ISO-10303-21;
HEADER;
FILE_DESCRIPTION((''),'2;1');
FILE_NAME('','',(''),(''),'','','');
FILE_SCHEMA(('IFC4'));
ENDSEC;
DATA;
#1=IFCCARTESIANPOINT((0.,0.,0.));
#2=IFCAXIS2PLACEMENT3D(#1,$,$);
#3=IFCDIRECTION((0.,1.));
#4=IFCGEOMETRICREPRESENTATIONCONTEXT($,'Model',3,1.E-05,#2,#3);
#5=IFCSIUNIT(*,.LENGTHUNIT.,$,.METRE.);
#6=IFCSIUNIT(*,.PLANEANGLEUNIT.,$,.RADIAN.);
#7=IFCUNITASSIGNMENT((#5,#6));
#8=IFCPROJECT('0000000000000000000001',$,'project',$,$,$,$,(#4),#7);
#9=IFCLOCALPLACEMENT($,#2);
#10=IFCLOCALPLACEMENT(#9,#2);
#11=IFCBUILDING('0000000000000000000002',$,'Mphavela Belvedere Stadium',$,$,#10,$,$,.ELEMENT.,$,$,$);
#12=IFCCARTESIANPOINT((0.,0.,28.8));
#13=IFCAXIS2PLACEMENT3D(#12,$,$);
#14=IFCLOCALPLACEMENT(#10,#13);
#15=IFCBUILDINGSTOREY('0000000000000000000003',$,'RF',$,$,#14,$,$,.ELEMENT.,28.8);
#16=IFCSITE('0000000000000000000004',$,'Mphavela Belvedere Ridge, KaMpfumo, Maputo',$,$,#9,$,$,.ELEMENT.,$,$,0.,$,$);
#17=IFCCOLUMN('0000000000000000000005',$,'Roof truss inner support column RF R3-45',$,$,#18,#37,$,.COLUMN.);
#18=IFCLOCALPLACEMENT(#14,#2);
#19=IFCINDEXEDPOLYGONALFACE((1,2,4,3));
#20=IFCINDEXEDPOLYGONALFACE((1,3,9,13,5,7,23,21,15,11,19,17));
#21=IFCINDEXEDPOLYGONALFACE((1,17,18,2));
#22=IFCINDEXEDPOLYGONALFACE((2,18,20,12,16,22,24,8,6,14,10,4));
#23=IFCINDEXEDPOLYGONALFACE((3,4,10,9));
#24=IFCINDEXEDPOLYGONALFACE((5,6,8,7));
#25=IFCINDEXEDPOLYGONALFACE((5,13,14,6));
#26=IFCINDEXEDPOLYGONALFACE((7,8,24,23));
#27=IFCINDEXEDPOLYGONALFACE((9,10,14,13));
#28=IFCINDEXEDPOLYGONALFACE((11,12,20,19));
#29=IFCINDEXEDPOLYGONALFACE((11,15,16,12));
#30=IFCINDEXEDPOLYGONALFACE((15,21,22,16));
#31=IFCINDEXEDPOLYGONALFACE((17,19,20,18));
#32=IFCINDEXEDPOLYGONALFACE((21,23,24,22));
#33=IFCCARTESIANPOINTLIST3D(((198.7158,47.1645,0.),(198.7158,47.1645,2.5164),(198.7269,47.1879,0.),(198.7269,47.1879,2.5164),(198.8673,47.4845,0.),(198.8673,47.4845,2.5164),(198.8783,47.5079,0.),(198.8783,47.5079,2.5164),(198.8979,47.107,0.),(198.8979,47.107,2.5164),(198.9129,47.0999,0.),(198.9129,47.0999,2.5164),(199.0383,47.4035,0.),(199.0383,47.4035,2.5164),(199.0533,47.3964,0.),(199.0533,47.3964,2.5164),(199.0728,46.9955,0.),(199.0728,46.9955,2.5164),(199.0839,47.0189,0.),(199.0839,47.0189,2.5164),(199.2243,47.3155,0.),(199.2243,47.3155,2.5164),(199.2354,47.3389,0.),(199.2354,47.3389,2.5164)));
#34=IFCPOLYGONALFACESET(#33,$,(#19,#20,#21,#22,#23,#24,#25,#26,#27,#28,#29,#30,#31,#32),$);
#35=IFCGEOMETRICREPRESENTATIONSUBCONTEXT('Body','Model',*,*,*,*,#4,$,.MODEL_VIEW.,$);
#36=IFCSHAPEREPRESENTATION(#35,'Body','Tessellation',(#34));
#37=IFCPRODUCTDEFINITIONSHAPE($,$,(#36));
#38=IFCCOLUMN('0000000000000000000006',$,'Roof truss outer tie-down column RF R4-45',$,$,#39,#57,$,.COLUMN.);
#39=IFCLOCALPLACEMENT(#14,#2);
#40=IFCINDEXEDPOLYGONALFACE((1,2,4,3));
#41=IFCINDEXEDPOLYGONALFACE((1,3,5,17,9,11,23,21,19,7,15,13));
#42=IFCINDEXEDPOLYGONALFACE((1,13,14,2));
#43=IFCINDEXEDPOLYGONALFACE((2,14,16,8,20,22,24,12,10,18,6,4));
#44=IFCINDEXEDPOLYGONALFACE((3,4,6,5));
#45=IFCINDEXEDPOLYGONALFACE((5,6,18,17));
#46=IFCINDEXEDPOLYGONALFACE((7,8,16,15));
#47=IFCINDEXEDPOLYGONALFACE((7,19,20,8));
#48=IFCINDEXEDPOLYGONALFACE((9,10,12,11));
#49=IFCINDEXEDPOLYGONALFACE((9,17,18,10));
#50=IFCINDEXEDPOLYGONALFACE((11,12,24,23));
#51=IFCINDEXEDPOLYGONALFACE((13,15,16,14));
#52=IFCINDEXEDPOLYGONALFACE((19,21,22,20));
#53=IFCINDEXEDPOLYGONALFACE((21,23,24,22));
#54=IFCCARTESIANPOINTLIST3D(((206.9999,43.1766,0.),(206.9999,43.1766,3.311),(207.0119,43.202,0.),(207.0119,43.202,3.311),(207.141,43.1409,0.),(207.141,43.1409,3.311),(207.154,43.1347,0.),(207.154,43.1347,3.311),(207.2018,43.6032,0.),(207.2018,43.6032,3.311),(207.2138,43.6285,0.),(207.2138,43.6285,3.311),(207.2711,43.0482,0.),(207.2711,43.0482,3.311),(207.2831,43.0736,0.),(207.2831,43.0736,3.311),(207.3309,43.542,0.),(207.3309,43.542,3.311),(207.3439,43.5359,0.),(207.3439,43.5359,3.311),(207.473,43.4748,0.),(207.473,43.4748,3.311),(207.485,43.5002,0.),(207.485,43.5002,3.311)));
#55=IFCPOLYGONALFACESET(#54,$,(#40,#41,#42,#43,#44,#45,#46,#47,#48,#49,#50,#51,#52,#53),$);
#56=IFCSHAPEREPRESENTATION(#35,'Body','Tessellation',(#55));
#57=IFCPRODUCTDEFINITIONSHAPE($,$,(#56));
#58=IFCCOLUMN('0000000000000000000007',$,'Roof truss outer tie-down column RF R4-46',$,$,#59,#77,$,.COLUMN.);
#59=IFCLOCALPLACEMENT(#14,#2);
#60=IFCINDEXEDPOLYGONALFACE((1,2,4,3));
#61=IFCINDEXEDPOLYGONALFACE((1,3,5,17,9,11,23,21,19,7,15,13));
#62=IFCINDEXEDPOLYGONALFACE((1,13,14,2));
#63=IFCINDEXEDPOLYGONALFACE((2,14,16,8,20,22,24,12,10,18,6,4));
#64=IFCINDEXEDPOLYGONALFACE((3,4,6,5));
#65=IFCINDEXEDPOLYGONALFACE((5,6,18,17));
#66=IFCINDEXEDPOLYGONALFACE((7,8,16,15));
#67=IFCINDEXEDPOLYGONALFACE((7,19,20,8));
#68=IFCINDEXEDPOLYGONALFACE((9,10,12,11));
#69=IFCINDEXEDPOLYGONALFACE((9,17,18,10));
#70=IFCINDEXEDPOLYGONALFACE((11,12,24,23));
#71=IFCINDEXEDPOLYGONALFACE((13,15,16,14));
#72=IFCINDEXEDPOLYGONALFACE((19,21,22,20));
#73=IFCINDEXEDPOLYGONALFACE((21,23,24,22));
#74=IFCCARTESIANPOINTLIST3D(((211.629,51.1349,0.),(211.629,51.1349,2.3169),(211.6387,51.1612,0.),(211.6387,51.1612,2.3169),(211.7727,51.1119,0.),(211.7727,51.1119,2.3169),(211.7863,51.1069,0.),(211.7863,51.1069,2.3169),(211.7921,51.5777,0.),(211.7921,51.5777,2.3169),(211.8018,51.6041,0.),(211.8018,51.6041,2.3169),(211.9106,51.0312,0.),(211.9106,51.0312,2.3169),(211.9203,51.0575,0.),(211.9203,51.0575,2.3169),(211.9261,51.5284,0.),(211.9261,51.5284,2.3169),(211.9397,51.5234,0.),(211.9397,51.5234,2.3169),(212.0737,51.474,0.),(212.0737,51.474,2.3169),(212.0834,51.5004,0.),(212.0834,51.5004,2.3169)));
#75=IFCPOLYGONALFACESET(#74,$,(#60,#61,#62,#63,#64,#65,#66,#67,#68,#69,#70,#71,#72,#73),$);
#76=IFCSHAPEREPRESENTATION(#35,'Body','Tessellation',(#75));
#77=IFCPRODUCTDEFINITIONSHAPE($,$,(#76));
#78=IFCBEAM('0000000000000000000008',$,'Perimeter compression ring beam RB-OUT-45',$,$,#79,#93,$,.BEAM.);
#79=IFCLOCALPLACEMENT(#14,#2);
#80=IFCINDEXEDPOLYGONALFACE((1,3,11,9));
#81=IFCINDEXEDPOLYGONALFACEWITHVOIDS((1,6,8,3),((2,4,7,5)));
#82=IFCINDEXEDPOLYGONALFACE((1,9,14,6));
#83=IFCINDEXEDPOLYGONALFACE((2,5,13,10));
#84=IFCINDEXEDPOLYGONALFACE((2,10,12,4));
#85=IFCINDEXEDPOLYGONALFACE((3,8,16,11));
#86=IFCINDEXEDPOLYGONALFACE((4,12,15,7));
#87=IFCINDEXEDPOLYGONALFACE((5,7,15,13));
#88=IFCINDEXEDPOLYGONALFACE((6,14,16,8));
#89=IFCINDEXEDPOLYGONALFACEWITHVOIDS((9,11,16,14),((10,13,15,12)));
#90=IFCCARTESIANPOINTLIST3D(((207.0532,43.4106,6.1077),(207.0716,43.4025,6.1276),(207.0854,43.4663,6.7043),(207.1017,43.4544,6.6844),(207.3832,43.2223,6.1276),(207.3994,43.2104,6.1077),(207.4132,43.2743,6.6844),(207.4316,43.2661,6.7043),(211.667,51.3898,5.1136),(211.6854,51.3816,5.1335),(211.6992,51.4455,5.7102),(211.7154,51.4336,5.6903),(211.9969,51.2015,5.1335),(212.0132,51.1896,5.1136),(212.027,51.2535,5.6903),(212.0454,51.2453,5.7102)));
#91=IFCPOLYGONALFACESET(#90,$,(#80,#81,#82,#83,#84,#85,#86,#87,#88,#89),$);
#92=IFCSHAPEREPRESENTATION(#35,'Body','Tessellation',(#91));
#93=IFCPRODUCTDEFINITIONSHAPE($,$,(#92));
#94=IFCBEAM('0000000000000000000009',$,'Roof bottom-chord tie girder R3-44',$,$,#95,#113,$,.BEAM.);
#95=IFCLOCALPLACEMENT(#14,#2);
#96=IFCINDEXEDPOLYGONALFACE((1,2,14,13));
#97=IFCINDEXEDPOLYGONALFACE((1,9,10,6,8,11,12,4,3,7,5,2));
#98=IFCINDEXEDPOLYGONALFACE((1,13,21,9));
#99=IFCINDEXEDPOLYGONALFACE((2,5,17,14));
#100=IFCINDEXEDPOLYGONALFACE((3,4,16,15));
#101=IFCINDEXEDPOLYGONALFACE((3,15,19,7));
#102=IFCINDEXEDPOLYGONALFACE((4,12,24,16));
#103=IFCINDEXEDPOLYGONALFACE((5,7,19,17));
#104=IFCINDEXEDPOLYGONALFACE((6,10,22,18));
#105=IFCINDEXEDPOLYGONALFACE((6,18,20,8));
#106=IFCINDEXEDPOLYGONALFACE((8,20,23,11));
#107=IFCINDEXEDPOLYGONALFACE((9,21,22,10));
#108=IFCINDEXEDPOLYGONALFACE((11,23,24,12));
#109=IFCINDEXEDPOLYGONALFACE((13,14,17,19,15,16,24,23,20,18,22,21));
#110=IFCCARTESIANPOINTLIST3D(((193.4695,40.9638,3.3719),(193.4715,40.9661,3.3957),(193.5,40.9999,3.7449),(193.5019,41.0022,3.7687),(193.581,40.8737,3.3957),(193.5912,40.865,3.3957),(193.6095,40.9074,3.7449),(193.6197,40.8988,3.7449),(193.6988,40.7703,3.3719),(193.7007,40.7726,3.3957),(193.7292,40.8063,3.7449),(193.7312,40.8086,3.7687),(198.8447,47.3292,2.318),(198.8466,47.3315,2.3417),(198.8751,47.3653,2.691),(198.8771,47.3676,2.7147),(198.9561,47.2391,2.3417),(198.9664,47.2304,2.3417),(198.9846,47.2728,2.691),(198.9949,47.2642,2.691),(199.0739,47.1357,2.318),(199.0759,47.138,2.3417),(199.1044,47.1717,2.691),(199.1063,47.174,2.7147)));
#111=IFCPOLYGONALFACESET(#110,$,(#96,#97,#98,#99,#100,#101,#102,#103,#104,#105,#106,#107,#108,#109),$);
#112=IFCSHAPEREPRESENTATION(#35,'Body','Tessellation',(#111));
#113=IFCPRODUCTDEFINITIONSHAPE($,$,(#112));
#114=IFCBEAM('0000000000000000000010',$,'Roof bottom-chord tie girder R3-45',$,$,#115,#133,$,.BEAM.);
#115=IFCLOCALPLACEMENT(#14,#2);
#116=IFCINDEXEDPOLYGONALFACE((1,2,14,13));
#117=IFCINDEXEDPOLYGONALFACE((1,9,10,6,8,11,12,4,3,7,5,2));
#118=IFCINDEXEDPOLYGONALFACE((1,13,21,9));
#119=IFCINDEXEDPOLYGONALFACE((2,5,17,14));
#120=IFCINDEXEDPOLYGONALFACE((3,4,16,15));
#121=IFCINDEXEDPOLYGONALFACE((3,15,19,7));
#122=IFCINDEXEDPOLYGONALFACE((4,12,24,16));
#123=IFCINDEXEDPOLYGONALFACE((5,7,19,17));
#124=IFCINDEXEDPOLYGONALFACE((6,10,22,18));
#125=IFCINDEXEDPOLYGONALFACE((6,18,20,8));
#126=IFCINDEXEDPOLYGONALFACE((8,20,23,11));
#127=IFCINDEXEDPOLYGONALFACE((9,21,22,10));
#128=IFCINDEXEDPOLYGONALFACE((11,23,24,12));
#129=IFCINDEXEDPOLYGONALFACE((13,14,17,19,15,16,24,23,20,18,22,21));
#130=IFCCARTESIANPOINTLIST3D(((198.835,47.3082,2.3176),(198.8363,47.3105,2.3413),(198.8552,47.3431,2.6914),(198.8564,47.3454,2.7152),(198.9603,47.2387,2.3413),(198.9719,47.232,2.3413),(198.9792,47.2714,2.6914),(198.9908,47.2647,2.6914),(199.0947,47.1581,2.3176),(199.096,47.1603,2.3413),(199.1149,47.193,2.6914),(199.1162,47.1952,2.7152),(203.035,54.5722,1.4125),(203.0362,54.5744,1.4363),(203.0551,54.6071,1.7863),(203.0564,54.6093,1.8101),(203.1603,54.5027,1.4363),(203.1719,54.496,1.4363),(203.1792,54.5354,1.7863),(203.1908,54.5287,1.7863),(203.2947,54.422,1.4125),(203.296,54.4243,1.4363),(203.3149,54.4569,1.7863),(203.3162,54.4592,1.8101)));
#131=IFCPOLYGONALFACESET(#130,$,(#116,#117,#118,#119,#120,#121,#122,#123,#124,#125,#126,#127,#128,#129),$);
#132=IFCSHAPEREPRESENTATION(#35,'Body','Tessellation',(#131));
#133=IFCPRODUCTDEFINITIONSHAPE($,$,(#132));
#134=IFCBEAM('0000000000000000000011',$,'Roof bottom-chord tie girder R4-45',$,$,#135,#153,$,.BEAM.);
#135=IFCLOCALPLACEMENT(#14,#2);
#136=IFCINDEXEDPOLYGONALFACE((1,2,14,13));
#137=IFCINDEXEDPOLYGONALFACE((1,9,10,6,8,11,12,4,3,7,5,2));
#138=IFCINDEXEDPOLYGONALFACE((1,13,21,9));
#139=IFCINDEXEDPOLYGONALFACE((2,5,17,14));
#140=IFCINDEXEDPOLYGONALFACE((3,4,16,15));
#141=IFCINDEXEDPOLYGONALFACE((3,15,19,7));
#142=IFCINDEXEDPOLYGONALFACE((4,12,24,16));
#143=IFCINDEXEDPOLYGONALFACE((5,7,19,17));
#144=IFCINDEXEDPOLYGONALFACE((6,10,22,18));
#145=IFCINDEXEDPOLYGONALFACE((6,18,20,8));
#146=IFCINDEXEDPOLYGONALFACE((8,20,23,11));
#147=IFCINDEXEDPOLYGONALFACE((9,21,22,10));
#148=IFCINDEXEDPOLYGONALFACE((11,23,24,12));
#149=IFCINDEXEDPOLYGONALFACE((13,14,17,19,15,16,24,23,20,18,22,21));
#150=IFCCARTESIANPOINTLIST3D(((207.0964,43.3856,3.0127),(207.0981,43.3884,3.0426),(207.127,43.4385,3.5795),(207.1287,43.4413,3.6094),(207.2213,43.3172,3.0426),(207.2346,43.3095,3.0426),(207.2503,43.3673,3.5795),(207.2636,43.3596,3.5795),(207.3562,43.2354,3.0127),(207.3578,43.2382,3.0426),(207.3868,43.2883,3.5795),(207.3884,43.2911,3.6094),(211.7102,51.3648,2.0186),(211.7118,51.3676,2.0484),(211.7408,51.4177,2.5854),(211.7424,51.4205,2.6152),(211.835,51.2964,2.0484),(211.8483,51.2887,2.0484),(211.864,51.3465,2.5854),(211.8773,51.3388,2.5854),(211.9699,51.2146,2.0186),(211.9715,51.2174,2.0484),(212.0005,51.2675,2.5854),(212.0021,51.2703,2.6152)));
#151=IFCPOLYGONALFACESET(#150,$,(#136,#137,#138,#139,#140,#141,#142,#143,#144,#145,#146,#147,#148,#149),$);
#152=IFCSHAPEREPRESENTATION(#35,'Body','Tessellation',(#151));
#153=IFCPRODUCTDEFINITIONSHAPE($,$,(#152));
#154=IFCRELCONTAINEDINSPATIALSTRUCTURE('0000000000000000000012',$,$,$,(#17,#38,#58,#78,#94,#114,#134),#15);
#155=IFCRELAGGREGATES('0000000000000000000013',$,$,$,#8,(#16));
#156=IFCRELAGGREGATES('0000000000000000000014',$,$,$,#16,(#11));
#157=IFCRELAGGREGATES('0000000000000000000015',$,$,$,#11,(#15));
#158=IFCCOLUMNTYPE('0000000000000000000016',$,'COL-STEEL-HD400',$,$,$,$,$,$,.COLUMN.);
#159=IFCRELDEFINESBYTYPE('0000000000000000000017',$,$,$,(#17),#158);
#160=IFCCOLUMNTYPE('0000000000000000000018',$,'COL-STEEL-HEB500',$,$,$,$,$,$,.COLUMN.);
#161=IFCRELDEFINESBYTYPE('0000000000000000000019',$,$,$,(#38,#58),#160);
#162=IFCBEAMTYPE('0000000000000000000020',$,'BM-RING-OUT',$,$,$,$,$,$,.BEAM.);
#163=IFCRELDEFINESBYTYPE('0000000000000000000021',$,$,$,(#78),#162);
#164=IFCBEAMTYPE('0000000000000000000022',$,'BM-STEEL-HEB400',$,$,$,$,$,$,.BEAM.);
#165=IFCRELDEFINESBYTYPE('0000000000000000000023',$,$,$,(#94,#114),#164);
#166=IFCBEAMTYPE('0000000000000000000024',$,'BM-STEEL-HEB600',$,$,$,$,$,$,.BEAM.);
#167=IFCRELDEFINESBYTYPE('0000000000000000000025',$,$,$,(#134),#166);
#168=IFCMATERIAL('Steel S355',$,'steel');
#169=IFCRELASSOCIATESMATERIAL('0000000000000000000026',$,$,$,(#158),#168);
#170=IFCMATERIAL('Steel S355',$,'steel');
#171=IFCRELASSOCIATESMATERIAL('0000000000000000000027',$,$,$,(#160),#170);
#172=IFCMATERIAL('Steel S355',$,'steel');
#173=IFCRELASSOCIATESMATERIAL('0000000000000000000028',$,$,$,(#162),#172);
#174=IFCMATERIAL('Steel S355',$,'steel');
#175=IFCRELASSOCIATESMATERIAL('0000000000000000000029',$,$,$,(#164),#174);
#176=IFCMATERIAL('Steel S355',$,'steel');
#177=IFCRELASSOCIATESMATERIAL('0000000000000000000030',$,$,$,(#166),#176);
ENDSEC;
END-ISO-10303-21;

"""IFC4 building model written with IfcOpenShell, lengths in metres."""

from ifc_helpers import new_model, si_unit, direction, frame, origin, origin_2d, place, context, subcontext, project, spatial, hollow_rectangle, i_section, extrude, material, material_profile, profile_set, type_object, element, save


model = new_model("IFC4")

# Units and contexts
model_context = context("Model", 3, precision=1e-05, world=origin(), true_north=direction((0.0, 1.0)))
body_context = subcontext(model_context, "Body", "Model", "MODEL_VIEW")
ifc_project = project(units=[si_unit("LENGTHUNIT", "METRE"), si_unit("PLANEANGLEUNIT", "RADIAN")], contexts=[model_context])

# Site, building, storey
site_placement = place(None, origin())
site = spatial("IfcSite", under=ifc_project, at=site_placement, Name="Mphavela Belvedere Ridge, KaMpfumo, Maputo", CompositionType="ELEMENT", RefElevation=0.0)
building_placement = place(site_placement, origin())
building = spatial("IfcBuilding", under=site, at=building_placement, Name="Mphavela Belvedere Stadium", CompositionType="ELEMENT")
storey_placement = place(building_placement, frame((0.0, 0.0, 28.8)))
storey = spatial("IfcBuildingStorey", under=building, at=storey_placement, Name="RF", CompositionType="ELEMENT", Elevation=28.8)

# Columns
ifc_material_1 = material(Name="Steel S355", Category="steel")
ifc_material_profile_1 = material_profile(ifc_material_1, i_section(OverallWidth=0.395, OverallDepth=0.3799, WebThickness=0.0166, FlangeThickness=0.0259, at=origin_2d()), Name="HD 400x237")
ifc_profile_set_1 = profile_set([ifc_material_profile_1], Name="Steel S355")
column_type_1 = type_object("IfcColumnType", Name="COL-STEEL-HD400", PredefinedType="COLUMN", material=ifc_profile_set_1)
column_1_placement = place(storey_placement, frame((198.9756, 47.2517, 0.0), z_axis=(0.0, 0.0, 1.0), x_axis=(0.903859, -0.427831, 0.0)))
element("IfcColumn", 1, at=column_1_placement, inside=storey, type_object=column_type_1, Name="Roof truss inner support column RF R3-45", PredefinedType="COLUMN", context=body_context, shape_type="SweptSolid", body=[
    extrude(i_section(OverallWidth=0.395, OverallDepth=0.3799, WebThickness=0.0166, FlangeThickness=0.0259, at=origin_2d()), origin(), (0.0, 0.0, 1.0), 2.5164),
])
ifc_material_2 = material(Name="Steel S355", Category="steel")
ifc_material_profile_2 = material_profile(ifc_material_2, i_section(OverallWidth=0.3, OverallDepth=0.5, WebThickness=0.0144, FlangeThickness=0.0281, at=origin_2d()), Name="HEB 500")
ifc_profile_set_2 = profile_set([ifc_material_profile_2], Name="Steel S355")
column_type_2 = type_object("IfcColumnType", Name="COL-STEEL-HEB500", PredefinedType="COLUMN", material=ifc_profile_set_2)
column_2_placement = place(storey_placement, frame((207.2424, 43.3384, 0.0), z_axis=(0.0, 0.0, 1.0), x_axis=(0.903859, -0.427831, 0.0)))
element("IfcColumn", 2, at=column_2_placement, inside=storey, type_object=column_type_2, Name="Roof truss outer tie-down column RF R4-45", PredefinedType="COLUMN", context=body_context, shape_type="SweptSolid", body=[
    extrude(i_section(OverallWidth=0.3, OverallDepth=0.5, WebThickness=0.0144, FlangeThickness=0.0281, at=origin_2d()), origin(), (0.0, 0.0, 1.0), 3.311),
])
column_3_placement = place(storey_placement, frame((211.8562, 51.3176, 0.0), z_axis=(0.0, 0.0, 1.0), x_axis=(0.938372, -0.345626, 0.0)))
element("IfcColumn", 3, at=column_3_placement, inside=storey, type_object=column_type_2, Name="Roof truss outer tie-down column RF R4-46", PredefinedType="COLUMN", context=body_context, shape_type="SweptSolid", body=[
    extrude(i_section(OverallWidth=0.3, OverallDepth=0.5, WebThickness=0.0144, FlangeThickness=0.0281, at=origin_2d()), origin(), (0.0, 0.0, 1.0), 2.3169),
])

# Beams
ifc_material_3 = material(Name="Steel S355", Category="steel")
ifc_material_profile_3 = material_profile(ifc_material_3, hollow_rectangle(XDim=0.3999, YDim=0.6001, WallThickness=0.02, at=origin_2d()), Name="RHS 600x400x20")
ifc_profile_set_3 = profile_set([ifc_material_profile_3], Name="Steel S355")
beam_type_1 = type_object("IfcBeamType", Name="BM-RING-OUT", PredefinedType="BEAM", material=ifc_profile_set_3)
beam_1_placement = place(storey_placement, frame((207.2424, 43.3384, 6.406), z_axis=(0.497679, 0.860707, -0.107236), x_axis=(-0.865699, 0.500565, 0.0)))
element("IfcBeam", 4, at=beam_1_placement, inside=storey, type_object=beam_type_1, Name="Perimeter compression ring beam RB-OUT-45", PredefinedType="BEAM", context=body_context, shape_type="SweptSolid", body=[
    extrude(hollow_rectangle(XDim=0.3999, YDim=0.6001, WallThickness=0.02, at=origin_2d()), origin(), (0.0, 0.0, 1.0), 9.2705),
])
ifc_material_4 = material(Name="Steel S355", Category="steel")
ifc_material_profile_4 = material_profile(ifc_material_4, i_section(OverallWidth=0.3, OverallDepth=0.3999, WebThickness=0.0134, FlangeThickness=0.0239, at=origin_2d()), Name="HEB 400")
ifc_profile_set_4 = profile_set([ifc_material_profile_4], Name="Steel S355")
beam_type_2 = type_object("IfcBeamType", Name="BM-STEEL-HEB400", PredefinedType="BEAM", material=ifc_profile_set_4)
beam_2_placement = place(storey_placement, frame((193.6003, 40.8862, 3.5703), z_axis=(0.640076, 0.757992, -0.125503), x_axis=(-0.764033, 0.645177, 0.0)))
element("IfcBeam", 5, at=beam_2_placement, inside=storey, type_object=beam_type_2, Name="Roof bottom-chord tie girder R3-44", PredefinedType="BEAM", context=body_context, shape_type="SweptSolid", body=[
    extrude(i_section(OverallWidth=0.3, OverallDepth=0.3999, WebThickness=0.0134, FlangeThickness=0.0239, at=origin_2d()), origin(), (0.0, 0.0, 1.0), 8.3977),
])
beam_3_placement = place(storey_placement, frame((198.9756, 47.2517, 2.5164), z_axis=(0.497661, 0.860717, -0.107239), x_axis=(-0.865709, 0.500548, 0.0)))
element("IfcBeam", 6, at=beam_3_placement, inside=storey, type_object=beam_type_2, Name="Roof bottom-chord tie girder R3-45", PredefinedType="BEAM", context=body_context, shape_type="SweptSolid", body=[
    extrude(i_section(OverallWidth=0.3, OverallDepth=0.3999, WebThickness=0.0134, FlangeThickness=0.0239, at=origin_2d()), origin(), (0.0, 0.0, 1.0), 8.4395),
])
ifc_material_5 = material(Name="Steel S355", Category="steel")
ifc_material_profile_5 = material_profile(ifc_material_5, i_section(OverallWidth=0.3, OverallDepth=0.6001, WebThickness=0.0154, FlangeThickness=0.03, at=origin_2d()), Name="HEB 600")
ifc_profile_set_5 = profile_set([ifc_material_profile_5], Name="Steel S355")
beam_type_3 = type_object("IfcBeamType", Name="BM-STEEL-HEB600", PredefinedType="BEAM", material=ifc_profile_set_5)
beam_4_placement = place(storey_placement, frame((207.2424, 43.3384, 3.311), z_axis=(0.497679, 0.860707, -0.107236), x_axis=(-0.865699, 0.500565, 0.0)))
element("IfcBeam", 7, at=beam_4_placement, inside=storey, type_object=beam_type_3, Name="Roof bottom-chord tie girder R4-45", PredefinedType="BEAM", context=body_context, shape_type="SweptSolid", body=[
    extrude(i_section(OverallWidth=0.3, OverallDepth=0.6001, WebThickness=0.0154, FlangeThickness=0.03, at=origin_2d()), origin(), (0.0, 0.0, 1.0), 9.2705),
])

save(model, "model.ifc")
